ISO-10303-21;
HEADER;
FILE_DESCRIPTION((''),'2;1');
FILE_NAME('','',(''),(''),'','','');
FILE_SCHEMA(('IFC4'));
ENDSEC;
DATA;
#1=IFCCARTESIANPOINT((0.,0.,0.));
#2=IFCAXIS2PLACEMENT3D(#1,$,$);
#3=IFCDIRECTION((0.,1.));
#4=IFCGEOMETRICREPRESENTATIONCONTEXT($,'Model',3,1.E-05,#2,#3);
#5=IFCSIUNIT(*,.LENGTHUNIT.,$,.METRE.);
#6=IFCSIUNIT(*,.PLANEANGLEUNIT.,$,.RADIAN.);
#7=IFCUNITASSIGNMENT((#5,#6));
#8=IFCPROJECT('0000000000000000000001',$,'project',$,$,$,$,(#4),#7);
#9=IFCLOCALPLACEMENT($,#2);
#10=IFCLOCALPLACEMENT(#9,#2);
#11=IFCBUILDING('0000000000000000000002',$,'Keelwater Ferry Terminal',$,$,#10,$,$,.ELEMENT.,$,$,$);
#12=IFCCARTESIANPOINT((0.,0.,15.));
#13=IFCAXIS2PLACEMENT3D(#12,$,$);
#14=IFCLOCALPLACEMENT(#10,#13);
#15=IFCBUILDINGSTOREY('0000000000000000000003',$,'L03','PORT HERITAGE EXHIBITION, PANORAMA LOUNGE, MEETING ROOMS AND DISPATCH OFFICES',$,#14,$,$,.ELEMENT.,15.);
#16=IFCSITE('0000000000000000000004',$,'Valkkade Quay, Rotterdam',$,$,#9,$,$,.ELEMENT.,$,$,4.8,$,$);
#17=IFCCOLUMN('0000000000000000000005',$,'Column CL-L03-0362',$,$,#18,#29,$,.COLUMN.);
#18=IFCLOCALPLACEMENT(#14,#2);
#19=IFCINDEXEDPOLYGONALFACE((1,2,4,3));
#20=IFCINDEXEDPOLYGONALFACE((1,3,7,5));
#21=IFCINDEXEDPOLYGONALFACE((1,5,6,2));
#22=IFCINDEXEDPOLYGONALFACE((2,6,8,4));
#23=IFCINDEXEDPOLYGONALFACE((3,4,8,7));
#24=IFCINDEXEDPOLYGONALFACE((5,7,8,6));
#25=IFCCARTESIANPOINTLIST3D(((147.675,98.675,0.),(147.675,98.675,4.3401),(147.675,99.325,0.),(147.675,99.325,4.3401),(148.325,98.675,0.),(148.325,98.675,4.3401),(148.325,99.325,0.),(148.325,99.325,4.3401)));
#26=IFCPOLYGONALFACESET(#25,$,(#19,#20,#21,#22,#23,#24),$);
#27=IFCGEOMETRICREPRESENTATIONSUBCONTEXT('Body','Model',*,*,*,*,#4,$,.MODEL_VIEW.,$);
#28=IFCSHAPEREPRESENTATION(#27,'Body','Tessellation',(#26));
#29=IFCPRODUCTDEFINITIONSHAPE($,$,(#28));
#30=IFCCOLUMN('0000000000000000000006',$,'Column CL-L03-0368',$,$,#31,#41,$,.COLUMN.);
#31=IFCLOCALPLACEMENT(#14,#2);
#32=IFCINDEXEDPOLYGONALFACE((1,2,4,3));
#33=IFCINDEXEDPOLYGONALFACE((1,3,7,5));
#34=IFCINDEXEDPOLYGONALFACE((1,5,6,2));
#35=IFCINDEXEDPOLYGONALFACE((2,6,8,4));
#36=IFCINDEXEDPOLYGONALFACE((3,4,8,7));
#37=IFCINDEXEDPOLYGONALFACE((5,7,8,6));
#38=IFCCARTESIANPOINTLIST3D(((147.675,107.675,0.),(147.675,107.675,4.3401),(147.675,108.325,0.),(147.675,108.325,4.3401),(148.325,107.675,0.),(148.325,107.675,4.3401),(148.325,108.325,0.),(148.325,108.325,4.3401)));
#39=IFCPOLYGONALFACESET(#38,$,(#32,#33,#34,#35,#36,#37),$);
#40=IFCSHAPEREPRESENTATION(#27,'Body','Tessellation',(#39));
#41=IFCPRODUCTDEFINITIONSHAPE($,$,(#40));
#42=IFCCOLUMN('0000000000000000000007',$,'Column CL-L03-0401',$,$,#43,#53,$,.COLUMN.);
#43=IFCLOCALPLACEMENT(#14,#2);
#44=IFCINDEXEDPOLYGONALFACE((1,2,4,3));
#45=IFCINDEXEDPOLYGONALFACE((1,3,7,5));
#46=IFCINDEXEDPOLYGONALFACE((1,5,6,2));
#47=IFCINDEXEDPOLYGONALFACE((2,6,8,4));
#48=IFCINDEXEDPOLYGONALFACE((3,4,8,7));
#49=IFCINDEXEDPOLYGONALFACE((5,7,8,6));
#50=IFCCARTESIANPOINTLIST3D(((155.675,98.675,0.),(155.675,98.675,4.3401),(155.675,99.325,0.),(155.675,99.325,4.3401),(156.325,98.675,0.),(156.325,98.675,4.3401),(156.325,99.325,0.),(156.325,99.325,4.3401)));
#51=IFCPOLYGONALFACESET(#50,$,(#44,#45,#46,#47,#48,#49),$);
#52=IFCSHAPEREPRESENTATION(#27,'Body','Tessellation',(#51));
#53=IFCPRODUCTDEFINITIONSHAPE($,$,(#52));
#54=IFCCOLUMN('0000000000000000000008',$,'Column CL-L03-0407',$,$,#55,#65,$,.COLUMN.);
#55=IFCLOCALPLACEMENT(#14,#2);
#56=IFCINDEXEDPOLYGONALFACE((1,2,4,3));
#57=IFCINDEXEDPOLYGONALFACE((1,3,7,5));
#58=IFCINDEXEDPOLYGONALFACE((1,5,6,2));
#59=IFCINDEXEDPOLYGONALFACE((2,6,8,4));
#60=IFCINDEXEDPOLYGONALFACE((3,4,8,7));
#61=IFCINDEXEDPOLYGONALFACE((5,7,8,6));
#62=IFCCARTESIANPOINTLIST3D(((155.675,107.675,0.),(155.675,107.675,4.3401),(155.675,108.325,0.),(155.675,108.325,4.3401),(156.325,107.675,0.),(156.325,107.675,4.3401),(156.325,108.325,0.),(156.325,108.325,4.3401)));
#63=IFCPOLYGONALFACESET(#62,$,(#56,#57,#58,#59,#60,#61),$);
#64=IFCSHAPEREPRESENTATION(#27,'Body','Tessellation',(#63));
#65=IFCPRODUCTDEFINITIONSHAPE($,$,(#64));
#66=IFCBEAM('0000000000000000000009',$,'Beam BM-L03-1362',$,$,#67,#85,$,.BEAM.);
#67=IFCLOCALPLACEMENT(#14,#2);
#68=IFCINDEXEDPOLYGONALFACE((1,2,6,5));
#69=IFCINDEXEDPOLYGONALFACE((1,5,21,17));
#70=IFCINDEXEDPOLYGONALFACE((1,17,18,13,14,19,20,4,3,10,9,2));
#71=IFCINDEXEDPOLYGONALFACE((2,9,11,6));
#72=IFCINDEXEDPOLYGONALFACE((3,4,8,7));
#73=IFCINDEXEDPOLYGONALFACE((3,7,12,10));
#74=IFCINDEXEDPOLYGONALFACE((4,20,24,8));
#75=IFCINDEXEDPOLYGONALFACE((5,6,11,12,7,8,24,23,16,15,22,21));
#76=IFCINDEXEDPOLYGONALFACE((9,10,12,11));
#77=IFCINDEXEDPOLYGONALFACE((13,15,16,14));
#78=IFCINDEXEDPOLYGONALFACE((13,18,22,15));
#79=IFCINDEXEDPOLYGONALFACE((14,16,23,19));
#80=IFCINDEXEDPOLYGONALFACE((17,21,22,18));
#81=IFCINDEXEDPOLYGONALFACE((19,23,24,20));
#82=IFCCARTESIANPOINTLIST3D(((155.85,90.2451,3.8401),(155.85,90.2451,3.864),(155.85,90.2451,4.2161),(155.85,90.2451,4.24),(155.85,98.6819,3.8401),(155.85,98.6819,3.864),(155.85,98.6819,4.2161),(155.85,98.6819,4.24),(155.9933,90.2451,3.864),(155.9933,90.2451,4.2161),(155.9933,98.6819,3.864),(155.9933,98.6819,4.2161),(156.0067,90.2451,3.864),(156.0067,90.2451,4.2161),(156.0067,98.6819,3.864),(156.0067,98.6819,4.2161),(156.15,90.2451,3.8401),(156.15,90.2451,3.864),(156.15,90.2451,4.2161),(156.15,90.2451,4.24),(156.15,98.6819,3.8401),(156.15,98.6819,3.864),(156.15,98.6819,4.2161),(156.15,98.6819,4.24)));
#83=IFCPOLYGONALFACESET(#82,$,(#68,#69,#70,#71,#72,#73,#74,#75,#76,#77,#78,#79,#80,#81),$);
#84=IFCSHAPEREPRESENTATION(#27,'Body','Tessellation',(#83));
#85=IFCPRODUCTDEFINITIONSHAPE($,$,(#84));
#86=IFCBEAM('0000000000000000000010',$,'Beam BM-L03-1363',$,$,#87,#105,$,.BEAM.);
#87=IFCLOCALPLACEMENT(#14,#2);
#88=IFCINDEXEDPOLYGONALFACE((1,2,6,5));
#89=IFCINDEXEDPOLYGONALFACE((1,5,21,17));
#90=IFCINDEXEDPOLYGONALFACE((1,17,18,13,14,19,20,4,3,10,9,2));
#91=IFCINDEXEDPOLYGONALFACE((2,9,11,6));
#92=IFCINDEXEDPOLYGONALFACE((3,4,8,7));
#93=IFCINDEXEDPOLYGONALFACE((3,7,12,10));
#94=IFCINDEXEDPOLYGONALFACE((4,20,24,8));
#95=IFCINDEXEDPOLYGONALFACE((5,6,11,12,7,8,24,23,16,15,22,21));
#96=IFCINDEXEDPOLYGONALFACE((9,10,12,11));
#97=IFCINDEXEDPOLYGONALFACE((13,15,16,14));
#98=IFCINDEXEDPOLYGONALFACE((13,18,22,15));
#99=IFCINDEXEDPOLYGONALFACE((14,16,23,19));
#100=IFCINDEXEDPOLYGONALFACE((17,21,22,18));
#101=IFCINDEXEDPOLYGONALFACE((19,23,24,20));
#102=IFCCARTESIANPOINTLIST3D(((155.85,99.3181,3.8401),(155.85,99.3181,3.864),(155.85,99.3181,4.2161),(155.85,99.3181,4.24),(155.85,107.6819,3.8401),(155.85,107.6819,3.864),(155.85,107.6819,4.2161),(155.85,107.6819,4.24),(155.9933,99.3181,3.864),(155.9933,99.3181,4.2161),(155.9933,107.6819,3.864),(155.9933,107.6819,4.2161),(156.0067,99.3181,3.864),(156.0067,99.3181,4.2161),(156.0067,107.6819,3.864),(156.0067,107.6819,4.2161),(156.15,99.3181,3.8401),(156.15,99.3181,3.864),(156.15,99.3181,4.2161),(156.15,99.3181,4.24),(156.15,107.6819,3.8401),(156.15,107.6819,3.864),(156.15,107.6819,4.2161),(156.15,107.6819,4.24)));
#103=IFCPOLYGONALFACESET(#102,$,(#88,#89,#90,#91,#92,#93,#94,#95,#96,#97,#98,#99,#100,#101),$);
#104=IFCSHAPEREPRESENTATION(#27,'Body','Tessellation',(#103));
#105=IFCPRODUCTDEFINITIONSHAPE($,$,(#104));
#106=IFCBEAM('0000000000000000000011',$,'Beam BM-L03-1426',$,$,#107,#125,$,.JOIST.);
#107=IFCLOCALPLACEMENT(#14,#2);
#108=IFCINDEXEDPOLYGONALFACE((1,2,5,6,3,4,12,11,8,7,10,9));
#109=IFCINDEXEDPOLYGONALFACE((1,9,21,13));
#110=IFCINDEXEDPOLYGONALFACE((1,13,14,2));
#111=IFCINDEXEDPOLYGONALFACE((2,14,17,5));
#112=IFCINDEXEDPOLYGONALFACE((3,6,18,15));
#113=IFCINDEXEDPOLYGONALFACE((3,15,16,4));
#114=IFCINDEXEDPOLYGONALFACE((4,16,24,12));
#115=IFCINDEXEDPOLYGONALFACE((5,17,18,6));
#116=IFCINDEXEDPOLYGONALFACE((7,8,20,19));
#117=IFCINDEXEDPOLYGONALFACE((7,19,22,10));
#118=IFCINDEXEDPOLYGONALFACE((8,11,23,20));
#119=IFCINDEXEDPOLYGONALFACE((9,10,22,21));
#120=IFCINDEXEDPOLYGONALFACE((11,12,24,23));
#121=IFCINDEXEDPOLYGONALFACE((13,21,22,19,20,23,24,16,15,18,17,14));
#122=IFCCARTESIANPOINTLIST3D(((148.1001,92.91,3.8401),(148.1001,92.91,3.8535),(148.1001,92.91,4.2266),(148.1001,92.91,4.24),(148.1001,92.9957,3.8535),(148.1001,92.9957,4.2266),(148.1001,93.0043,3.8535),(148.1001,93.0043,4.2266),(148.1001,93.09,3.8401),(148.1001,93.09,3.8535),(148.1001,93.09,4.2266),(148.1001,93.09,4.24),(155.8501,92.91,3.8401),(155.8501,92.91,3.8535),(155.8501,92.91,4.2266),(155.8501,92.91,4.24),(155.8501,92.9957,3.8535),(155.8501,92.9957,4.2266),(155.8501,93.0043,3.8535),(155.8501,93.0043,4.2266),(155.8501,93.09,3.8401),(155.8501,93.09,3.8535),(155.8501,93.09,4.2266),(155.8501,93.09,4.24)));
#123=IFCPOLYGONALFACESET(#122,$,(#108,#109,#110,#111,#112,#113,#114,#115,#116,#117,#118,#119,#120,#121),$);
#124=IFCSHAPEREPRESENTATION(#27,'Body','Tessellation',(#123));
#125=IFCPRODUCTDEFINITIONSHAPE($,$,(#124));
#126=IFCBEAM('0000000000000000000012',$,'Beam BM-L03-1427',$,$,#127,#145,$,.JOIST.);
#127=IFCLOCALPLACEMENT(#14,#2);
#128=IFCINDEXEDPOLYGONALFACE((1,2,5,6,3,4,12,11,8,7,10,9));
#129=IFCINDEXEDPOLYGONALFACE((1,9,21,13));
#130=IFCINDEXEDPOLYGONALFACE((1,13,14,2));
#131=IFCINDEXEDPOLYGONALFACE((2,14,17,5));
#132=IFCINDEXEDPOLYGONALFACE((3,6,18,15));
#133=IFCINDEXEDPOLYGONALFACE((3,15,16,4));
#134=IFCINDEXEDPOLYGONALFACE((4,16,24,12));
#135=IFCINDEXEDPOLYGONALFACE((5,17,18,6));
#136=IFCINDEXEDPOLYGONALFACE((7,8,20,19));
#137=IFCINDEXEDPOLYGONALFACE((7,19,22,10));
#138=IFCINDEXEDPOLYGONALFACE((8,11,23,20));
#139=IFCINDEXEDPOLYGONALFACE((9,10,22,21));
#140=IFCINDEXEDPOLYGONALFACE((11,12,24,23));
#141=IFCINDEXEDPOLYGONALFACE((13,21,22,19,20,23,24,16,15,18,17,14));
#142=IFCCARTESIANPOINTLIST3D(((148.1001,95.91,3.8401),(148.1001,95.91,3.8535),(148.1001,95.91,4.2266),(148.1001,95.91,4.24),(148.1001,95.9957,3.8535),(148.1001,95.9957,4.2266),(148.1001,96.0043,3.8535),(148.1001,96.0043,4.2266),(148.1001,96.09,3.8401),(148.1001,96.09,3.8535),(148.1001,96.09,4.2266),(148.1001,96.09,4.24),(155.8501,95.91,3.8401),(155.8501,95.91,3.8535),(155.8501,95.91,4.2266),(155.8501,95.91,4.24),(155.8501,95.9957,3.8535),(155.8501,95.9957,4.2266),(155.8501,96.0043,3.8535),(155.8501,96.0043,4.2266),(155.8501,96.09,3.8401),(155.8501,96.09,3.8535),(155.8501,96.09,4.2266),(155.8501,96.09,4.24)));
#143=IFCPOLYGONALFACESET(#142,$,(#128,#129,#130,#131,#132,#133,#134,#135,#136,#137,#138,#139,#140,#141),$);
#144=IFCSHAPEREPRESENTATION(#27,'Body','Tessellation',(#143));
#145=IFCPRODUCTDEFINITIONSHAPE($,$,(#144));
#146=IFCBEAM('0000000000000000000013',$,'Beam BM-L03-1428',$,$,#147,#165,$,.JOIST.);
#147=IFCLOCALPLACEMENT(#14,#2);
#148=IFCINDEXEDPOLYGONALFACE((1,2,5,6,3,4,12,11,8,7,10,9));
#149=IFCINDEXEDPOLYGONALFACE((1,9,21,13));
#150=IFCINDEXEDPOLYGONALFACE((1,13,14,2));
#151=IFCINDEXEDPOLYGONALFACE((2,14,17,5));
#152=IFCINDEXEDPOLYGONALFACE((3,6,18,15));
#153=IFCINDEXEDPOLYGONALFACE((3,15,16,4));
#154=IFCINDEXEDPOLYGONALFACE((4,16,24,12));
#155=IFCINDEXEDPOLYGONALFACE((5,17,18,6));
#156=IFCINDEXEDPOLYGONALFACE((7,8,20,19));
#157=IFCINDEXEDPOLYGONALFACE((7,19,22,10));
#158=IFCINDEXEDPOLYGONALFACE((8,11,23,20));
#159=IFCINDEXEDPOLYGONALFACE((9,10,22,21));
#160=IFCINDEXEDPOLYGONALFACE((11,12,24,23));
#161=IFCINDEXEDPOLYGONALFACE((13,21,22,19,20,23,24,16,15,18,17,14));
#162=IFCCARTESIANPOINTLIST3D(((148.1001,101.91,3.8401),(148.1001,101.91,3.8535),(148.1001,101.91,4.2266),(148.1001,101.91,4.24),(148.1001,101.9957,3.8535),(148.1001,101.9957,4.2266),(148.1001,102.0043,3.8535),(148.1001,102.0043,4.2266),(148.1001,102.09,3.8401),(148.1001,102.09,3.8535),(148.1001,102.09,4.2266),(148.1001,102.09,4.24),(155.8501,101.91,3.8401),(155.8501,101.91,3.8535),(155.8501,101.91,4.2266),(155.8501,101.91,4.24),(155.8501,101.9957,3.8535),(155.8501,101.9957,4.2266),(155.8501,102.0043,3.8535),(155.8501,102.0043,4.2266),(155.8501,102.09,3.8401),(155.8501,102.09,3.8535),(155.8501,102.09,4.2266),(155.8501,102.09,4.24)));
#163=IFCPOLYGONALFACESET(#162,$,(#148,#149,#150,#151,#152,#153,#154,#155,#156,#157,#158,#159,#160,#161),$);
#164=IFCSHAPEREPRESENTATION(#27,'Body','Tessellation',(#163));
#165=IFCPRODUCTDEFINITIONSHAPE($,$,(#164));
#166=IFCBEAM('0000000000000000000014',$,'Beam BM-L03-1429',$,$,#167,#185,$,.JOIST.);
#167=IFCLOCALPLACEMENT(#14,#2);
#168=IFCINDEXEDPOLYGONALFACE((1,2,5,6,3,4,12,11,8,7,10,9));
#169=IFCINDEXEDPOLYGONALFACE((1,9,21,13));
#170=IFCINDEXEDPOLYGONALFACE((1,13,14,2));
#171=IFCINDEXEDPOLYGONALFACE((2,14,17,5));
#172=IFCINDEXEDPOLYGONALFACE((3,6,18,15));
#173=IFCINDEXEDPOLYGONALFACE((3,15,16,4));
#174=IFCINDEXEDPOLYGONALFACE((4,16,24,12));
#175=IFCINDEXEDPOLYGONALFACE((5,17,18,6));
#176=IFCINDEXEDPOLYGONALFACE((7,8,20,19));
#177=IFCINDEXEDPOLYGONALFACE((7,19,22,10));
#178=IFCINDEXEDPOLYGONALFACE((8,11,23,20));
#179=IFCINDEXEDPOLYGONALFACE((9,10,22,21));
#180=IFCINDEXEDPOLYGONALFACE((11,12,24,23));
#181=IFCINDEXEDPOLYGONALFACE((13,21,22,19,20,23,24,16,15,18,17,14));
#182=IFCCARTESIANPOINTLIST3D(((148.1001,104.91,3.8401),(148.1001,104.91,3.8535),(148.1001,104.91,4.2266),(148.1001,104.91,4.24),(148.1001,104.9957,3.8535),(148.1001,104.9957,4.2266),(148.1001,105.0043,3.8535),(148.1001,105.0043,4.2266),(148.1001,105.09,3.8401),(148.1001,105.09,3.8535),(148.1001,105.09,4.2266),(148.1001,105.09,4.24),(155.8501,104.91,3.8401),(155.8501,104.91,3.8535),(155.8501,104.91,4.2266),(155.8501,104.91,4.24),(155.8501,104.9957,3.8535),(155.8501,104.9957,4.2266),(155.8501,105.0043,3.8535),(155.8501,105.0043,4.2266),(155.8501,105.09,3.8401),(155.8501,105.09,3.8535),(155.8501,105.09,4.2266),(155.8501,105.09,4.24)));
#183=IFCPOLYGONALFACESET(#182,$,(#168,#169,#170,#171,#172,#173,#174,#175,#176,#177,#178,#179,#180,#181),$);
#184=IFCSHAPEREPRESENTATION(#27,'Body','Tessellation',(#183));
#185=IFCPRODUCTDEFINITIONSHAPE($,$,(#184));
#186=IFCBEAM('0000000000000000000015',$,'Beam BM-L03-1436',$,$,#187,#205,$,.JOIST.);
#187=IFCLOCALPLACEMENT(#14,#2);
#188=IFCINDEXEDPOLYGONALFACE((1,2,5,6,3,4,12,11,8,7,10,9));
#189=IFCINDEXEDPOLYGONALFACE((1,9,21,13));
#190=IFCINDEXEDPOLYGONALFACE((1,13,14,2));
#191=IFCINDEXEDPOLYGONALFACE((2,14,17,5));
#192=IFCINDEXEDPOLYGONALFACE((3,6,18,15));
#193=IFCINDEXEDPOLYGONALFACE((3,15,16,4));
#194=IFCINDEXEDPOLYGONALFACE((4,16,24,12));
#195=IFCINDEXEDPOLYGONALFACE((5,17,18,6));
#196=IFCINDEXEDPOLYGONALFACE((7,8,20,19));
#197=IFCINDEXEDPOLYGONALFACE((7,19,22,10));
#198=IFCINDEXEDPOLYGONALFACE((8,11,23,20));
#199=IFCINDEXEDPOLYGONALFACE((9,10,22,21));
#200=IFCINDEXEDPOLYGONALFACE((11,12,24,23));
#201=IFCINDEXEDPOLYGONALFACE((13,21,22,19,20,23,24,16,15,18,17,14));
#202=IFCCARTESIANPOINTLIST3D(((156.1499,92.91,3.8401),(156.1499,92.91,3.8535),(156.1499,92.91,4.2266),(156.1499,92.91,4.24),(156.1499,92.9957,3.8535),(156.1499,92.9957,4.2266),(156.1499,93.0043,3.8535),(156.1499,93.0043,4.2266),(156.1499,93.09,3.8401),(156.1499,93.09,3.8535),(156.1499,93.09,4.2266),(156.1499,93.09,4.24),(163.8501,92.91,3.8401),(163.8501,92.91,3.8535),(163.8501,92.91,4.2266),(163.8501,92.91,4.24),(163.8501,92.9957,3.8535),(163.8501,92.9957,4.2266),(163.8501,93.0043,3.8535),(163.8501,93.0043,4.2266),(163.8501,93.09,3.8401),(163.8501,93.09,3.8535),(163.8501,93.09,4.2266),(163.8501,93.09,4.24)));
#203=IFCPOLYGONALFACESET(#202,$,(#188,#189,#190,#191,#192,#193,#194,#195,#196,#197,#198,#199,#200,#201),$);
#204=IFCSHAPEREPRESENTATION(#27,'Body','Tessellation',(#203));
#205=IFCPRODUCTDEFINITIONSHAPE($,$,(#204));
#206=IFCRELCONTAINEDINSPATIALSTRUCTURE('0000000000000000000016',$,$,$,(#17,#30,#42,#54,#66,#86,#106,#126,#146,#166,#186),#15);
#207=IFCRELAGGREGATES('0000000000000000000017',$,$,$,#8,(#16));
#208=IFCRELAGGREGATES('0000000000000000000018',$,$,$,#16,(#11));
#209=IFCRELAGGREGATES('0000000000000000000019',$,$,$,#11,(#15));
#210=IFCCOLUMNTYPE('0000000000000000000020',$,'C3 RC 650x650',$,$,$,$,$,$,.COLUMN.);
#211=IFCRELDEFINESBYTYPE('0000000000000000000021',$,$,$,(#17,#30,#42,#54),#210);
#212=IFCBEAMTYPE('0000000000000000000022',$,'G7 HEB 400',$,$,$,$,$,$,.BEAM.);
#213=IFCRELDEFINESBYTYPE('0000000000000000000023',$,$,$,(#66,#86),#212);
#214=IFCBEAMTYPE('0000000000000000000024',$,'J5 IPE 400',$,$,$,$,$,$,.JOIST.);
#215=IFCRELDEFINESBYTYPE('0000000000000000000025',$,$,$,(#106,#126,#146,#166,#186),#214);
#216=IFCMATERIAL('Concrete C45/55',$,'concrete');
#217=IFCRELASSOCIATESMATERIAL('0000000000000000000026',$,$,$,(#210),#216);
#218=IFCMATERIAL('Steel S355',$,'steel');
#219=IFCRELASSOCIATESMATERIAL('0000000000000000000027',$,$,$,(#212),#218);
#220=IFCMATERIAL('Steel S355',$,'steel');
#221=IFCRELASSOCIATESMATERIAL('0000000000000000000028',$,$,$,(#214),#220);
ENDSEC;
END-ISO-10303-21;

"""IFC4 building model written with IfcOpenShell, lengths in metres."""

from ifc_helpers import new_model, si_unit, direction, frame, origin, origin_2d, place, context, subcontext, project, spatial, rectangle, i_section, extrude, material, material_profile, profile_set, type_object, element, save


model = new_model("IFC4")

# Units and contexts
model_context = context("Model", 3, precision=1e-05, world=origin(), true_north=direction((0.0, 1.0)))
body_context = subcontext(model_context, "Body", "Model", "MODEL_VIEW")
ifc_project = project(units=[si_unit("LENGTHUNIT", "METRE"), si_unit("PLANEANGLEUNIT", "RADIAN")], contexts=[model_context])

# Site, building, storey
site_placement = place(None, origin())
site = spatial("IfcSite", under=ifc_project, at=site_placement, Name="Valkkade Quay, Rotterdam", CompositionType="ELEMENT", RefElevation=4.8)
building_placement = place(site_placement, origin())
building = spatial("IfcBuilding", under=site, at=building_placement, Name="Keelwater Ferry Terminal", CompositionType="ELEMENT")
storey_placement = place(building_placement, frame((0.0, 0.0, 15.0)))
storey = spatial("IfcBuildingStorey", under=building, at=storey_placement, Name="L03", Description="PORT HERITAGE EXHIBITION, PANORAMA LOUNGE, MEETING ROOMS AND DISPATCH OFFICES", CompositionType="ELEMENT", Elevation=15.0)

# Columns
ifc_material_1 = material(Name="Concrete C45/55", Category="concrete")
ifc_material_profile_1 = material_profile(ifc_material_1, rectangle(XDim=0.6499, YDim=0.6499, at=origin_2d()), Name="RC 650x650")
ifc_profile_set_1 = profile_set([ifc_material_profile_1], Name="Concrete C45/55")
column_type = type_object("IfcColumnType", Name="C3 RC 650x650", PredefinedType="COLUMN", material=ifc_profile_set_1)
for number, where, z_axis, x_axis, name in (
    (1, (148.0, 99.0, 0.0), (0.0, 0.0, 1.0), (1.0, 0.0, 0.0), "Column CL-L03-0362"),
    (2, (148.0, 108.0, 0.0), (0.0, 0.0, 1.0), (1.0, 0.0, 0.0), "Column CL-L03-0368"),
    (3, (156.0, 99.0, 0.0), (0.0, 0.0, 1.0), (1.0, 0.0, 0.0), "Column CL-L03-0401"),
    (4, (156.0, 108.0, 0.0), (0.0, 0.0, 1.0), (1.0, 0.0, 0.0), "Column CL-L03-0407"),
):
    element("IfcColumn", number, at=place(storey_placement, frame(where, z_axis=z_axis, x_axis=x_axis)), inside=storey, type_object=column_type, Name=name, PredefinedType="COLUMN", context=body_context, shape_type="SweptSolid", body=[
        extrude(rectangle(XDim=0.6499, YDim=0.6499, at=origin_2d()), origin(), (0.0, 0.0, 1.0), 4.3401),
    ])

# Beams
ifc_material_2 = material(Name="Steel S355", Category="steel")
ifc_material_profile_2 = material_profile(ifc_material_2, i_section(OverallWidth=0.3, OverallDepth=0.3999, WebThickness=0.0134, FlangeThickness=0.0239, at=origin_2d()), Name="HEB 400")
ifc_profile_set_2 = profile_set([ifc_material_profile_2], Name="Steel S355")
beam_type_1 = type_object("IfcBeamType", Name="G7 HEB 400", PredefinedType="BEAM", material=ifc_profile_set_2)
beam_1_placement = place(storey_placement, frame((156.0, 90.2451, 4.04), z_axis=(0.0, 1.0, 0.0), x_axis=(-1.0, 0.0, 0.0)))
element("IfcBeam", 5, at=beam_1_placement, inside=storey, type_object=beam_type_1, Name="Beam BM-L03-1362", PredefinedType="BEAM", context=body_context, shape_type="SweptSolid", body=[
    extrude(i_section(OverallWidth=0.3, OverallDepth=0.3999, WebThickness=0.0134, FlangeThickness=0.0239, at=origin_2d()), origin(), (0.0, 0.0, 1.0), 8.4368),
])
beam_2_placement = place(storey_placement, frame((156.0, 99.3181, 4.04), z_axis=(0.0, 1.0, 0.0), x_axis=(-1.0, 0.0, 0.0)))
element("IfcBeam", 6, at=beam_2_placement, inside=storey, type_object=beam_type_1, Name="Beam BM-L03-1363", PredefinedType="BEAM", context=body_context, shape_type="SweptSolid", body=[
    extrude(i_section(OverallWidth=0.3, OverallDepth=0.3999, WebThickness=0.0134, FlangeThickness=0.0239, at=origin_2d()), origin(), (0.0, 0.0, 1.0), 8.3638),
])
ifc_material_3 = material(Name="Steel S355", Category="steel")
ifc_material_profile_3 = material_profile(ifc_material_3, i_section(OverallWidth=0.1799, OverallDepth=0.3999, WebThickness=0.0085, FlangeThickness=0.0134, at=origin_2d()), Name="IPE 400")
ifc_profile_set_3 = profile_set([ifc_material_profile_3], Name="Steel S355")
beam_type_2 = type_object("IfcBeamType", Name="J5 IPE 400", PredefinedType="JOIST", material=ifc_profile_set_3)
for number, where, z_axis, x_axis, name in (
    (7, (148.1001, 93.0, 4.04), (1.0, 0.0, 0.0), (0.0, 1.0, 0.0), "Beam BM-L03-1426"),
    (8, (148.1001, 96.0, 4.04), (1.0, 0.0, 0.0), (0.0, 1.0, 0.0), "Beam BM-L03-1427"),
    (9, (148.1001, 102.0, 4.04), (1.0, 0.0, 0.0), (0.0, 1.0, 0.0), "Beam BM-L03-1428"),
    (10, (148.1001, 105.0, 4.04), (1.0, 0.0, 0.0), (0.0, 1.0, 0.0), "Beam BM-L03-1429"),
):
    element("IfcBeam", number, at=place(storey_placement, frame(where, z_axis=z_axis, x_axis=x_axis)), inside=storey, type_object=beam_type_2, Name=name, PredefinedType="JOIST", context=body_context, shape_type="SweptSolid", body=[
        extrude(i_section(OverallWidth=0.1799, OverallDepth=0.3999, WebThickness=0.0085, FlangeThickness=0.0134, at=origin_2d()), origin(), (0.0, 0.0, 1.0), 7.75),
    ])
for number, where, z_axis, x_axis, name in (
    (11, (156.1499, 93.0, 4.04), (1.0, 0.0, 0.0), (0.0, 1.0, 0.0), "Beam BM-L03-1436"),
):
    element("IfcBeam", number, at=place(storey_placement, frame(where, z_axis=z_axis, x_axis=x_axis)), inside=storey, type_object=beam_type_2, Name=name, PredefinedType="JOIST", context=body_context, shape_type="SweptSolid", body=[
        extrude(i_section(OverallWidth=0.1799, OverallDepth=0.3999, WebThickness=0.0085, FlangeThickness=0.0134, at=origin_2d()), origin(), (0.0, 0.0, 1.0), 7.7002),
    ])

save(model, "model.ifc")
